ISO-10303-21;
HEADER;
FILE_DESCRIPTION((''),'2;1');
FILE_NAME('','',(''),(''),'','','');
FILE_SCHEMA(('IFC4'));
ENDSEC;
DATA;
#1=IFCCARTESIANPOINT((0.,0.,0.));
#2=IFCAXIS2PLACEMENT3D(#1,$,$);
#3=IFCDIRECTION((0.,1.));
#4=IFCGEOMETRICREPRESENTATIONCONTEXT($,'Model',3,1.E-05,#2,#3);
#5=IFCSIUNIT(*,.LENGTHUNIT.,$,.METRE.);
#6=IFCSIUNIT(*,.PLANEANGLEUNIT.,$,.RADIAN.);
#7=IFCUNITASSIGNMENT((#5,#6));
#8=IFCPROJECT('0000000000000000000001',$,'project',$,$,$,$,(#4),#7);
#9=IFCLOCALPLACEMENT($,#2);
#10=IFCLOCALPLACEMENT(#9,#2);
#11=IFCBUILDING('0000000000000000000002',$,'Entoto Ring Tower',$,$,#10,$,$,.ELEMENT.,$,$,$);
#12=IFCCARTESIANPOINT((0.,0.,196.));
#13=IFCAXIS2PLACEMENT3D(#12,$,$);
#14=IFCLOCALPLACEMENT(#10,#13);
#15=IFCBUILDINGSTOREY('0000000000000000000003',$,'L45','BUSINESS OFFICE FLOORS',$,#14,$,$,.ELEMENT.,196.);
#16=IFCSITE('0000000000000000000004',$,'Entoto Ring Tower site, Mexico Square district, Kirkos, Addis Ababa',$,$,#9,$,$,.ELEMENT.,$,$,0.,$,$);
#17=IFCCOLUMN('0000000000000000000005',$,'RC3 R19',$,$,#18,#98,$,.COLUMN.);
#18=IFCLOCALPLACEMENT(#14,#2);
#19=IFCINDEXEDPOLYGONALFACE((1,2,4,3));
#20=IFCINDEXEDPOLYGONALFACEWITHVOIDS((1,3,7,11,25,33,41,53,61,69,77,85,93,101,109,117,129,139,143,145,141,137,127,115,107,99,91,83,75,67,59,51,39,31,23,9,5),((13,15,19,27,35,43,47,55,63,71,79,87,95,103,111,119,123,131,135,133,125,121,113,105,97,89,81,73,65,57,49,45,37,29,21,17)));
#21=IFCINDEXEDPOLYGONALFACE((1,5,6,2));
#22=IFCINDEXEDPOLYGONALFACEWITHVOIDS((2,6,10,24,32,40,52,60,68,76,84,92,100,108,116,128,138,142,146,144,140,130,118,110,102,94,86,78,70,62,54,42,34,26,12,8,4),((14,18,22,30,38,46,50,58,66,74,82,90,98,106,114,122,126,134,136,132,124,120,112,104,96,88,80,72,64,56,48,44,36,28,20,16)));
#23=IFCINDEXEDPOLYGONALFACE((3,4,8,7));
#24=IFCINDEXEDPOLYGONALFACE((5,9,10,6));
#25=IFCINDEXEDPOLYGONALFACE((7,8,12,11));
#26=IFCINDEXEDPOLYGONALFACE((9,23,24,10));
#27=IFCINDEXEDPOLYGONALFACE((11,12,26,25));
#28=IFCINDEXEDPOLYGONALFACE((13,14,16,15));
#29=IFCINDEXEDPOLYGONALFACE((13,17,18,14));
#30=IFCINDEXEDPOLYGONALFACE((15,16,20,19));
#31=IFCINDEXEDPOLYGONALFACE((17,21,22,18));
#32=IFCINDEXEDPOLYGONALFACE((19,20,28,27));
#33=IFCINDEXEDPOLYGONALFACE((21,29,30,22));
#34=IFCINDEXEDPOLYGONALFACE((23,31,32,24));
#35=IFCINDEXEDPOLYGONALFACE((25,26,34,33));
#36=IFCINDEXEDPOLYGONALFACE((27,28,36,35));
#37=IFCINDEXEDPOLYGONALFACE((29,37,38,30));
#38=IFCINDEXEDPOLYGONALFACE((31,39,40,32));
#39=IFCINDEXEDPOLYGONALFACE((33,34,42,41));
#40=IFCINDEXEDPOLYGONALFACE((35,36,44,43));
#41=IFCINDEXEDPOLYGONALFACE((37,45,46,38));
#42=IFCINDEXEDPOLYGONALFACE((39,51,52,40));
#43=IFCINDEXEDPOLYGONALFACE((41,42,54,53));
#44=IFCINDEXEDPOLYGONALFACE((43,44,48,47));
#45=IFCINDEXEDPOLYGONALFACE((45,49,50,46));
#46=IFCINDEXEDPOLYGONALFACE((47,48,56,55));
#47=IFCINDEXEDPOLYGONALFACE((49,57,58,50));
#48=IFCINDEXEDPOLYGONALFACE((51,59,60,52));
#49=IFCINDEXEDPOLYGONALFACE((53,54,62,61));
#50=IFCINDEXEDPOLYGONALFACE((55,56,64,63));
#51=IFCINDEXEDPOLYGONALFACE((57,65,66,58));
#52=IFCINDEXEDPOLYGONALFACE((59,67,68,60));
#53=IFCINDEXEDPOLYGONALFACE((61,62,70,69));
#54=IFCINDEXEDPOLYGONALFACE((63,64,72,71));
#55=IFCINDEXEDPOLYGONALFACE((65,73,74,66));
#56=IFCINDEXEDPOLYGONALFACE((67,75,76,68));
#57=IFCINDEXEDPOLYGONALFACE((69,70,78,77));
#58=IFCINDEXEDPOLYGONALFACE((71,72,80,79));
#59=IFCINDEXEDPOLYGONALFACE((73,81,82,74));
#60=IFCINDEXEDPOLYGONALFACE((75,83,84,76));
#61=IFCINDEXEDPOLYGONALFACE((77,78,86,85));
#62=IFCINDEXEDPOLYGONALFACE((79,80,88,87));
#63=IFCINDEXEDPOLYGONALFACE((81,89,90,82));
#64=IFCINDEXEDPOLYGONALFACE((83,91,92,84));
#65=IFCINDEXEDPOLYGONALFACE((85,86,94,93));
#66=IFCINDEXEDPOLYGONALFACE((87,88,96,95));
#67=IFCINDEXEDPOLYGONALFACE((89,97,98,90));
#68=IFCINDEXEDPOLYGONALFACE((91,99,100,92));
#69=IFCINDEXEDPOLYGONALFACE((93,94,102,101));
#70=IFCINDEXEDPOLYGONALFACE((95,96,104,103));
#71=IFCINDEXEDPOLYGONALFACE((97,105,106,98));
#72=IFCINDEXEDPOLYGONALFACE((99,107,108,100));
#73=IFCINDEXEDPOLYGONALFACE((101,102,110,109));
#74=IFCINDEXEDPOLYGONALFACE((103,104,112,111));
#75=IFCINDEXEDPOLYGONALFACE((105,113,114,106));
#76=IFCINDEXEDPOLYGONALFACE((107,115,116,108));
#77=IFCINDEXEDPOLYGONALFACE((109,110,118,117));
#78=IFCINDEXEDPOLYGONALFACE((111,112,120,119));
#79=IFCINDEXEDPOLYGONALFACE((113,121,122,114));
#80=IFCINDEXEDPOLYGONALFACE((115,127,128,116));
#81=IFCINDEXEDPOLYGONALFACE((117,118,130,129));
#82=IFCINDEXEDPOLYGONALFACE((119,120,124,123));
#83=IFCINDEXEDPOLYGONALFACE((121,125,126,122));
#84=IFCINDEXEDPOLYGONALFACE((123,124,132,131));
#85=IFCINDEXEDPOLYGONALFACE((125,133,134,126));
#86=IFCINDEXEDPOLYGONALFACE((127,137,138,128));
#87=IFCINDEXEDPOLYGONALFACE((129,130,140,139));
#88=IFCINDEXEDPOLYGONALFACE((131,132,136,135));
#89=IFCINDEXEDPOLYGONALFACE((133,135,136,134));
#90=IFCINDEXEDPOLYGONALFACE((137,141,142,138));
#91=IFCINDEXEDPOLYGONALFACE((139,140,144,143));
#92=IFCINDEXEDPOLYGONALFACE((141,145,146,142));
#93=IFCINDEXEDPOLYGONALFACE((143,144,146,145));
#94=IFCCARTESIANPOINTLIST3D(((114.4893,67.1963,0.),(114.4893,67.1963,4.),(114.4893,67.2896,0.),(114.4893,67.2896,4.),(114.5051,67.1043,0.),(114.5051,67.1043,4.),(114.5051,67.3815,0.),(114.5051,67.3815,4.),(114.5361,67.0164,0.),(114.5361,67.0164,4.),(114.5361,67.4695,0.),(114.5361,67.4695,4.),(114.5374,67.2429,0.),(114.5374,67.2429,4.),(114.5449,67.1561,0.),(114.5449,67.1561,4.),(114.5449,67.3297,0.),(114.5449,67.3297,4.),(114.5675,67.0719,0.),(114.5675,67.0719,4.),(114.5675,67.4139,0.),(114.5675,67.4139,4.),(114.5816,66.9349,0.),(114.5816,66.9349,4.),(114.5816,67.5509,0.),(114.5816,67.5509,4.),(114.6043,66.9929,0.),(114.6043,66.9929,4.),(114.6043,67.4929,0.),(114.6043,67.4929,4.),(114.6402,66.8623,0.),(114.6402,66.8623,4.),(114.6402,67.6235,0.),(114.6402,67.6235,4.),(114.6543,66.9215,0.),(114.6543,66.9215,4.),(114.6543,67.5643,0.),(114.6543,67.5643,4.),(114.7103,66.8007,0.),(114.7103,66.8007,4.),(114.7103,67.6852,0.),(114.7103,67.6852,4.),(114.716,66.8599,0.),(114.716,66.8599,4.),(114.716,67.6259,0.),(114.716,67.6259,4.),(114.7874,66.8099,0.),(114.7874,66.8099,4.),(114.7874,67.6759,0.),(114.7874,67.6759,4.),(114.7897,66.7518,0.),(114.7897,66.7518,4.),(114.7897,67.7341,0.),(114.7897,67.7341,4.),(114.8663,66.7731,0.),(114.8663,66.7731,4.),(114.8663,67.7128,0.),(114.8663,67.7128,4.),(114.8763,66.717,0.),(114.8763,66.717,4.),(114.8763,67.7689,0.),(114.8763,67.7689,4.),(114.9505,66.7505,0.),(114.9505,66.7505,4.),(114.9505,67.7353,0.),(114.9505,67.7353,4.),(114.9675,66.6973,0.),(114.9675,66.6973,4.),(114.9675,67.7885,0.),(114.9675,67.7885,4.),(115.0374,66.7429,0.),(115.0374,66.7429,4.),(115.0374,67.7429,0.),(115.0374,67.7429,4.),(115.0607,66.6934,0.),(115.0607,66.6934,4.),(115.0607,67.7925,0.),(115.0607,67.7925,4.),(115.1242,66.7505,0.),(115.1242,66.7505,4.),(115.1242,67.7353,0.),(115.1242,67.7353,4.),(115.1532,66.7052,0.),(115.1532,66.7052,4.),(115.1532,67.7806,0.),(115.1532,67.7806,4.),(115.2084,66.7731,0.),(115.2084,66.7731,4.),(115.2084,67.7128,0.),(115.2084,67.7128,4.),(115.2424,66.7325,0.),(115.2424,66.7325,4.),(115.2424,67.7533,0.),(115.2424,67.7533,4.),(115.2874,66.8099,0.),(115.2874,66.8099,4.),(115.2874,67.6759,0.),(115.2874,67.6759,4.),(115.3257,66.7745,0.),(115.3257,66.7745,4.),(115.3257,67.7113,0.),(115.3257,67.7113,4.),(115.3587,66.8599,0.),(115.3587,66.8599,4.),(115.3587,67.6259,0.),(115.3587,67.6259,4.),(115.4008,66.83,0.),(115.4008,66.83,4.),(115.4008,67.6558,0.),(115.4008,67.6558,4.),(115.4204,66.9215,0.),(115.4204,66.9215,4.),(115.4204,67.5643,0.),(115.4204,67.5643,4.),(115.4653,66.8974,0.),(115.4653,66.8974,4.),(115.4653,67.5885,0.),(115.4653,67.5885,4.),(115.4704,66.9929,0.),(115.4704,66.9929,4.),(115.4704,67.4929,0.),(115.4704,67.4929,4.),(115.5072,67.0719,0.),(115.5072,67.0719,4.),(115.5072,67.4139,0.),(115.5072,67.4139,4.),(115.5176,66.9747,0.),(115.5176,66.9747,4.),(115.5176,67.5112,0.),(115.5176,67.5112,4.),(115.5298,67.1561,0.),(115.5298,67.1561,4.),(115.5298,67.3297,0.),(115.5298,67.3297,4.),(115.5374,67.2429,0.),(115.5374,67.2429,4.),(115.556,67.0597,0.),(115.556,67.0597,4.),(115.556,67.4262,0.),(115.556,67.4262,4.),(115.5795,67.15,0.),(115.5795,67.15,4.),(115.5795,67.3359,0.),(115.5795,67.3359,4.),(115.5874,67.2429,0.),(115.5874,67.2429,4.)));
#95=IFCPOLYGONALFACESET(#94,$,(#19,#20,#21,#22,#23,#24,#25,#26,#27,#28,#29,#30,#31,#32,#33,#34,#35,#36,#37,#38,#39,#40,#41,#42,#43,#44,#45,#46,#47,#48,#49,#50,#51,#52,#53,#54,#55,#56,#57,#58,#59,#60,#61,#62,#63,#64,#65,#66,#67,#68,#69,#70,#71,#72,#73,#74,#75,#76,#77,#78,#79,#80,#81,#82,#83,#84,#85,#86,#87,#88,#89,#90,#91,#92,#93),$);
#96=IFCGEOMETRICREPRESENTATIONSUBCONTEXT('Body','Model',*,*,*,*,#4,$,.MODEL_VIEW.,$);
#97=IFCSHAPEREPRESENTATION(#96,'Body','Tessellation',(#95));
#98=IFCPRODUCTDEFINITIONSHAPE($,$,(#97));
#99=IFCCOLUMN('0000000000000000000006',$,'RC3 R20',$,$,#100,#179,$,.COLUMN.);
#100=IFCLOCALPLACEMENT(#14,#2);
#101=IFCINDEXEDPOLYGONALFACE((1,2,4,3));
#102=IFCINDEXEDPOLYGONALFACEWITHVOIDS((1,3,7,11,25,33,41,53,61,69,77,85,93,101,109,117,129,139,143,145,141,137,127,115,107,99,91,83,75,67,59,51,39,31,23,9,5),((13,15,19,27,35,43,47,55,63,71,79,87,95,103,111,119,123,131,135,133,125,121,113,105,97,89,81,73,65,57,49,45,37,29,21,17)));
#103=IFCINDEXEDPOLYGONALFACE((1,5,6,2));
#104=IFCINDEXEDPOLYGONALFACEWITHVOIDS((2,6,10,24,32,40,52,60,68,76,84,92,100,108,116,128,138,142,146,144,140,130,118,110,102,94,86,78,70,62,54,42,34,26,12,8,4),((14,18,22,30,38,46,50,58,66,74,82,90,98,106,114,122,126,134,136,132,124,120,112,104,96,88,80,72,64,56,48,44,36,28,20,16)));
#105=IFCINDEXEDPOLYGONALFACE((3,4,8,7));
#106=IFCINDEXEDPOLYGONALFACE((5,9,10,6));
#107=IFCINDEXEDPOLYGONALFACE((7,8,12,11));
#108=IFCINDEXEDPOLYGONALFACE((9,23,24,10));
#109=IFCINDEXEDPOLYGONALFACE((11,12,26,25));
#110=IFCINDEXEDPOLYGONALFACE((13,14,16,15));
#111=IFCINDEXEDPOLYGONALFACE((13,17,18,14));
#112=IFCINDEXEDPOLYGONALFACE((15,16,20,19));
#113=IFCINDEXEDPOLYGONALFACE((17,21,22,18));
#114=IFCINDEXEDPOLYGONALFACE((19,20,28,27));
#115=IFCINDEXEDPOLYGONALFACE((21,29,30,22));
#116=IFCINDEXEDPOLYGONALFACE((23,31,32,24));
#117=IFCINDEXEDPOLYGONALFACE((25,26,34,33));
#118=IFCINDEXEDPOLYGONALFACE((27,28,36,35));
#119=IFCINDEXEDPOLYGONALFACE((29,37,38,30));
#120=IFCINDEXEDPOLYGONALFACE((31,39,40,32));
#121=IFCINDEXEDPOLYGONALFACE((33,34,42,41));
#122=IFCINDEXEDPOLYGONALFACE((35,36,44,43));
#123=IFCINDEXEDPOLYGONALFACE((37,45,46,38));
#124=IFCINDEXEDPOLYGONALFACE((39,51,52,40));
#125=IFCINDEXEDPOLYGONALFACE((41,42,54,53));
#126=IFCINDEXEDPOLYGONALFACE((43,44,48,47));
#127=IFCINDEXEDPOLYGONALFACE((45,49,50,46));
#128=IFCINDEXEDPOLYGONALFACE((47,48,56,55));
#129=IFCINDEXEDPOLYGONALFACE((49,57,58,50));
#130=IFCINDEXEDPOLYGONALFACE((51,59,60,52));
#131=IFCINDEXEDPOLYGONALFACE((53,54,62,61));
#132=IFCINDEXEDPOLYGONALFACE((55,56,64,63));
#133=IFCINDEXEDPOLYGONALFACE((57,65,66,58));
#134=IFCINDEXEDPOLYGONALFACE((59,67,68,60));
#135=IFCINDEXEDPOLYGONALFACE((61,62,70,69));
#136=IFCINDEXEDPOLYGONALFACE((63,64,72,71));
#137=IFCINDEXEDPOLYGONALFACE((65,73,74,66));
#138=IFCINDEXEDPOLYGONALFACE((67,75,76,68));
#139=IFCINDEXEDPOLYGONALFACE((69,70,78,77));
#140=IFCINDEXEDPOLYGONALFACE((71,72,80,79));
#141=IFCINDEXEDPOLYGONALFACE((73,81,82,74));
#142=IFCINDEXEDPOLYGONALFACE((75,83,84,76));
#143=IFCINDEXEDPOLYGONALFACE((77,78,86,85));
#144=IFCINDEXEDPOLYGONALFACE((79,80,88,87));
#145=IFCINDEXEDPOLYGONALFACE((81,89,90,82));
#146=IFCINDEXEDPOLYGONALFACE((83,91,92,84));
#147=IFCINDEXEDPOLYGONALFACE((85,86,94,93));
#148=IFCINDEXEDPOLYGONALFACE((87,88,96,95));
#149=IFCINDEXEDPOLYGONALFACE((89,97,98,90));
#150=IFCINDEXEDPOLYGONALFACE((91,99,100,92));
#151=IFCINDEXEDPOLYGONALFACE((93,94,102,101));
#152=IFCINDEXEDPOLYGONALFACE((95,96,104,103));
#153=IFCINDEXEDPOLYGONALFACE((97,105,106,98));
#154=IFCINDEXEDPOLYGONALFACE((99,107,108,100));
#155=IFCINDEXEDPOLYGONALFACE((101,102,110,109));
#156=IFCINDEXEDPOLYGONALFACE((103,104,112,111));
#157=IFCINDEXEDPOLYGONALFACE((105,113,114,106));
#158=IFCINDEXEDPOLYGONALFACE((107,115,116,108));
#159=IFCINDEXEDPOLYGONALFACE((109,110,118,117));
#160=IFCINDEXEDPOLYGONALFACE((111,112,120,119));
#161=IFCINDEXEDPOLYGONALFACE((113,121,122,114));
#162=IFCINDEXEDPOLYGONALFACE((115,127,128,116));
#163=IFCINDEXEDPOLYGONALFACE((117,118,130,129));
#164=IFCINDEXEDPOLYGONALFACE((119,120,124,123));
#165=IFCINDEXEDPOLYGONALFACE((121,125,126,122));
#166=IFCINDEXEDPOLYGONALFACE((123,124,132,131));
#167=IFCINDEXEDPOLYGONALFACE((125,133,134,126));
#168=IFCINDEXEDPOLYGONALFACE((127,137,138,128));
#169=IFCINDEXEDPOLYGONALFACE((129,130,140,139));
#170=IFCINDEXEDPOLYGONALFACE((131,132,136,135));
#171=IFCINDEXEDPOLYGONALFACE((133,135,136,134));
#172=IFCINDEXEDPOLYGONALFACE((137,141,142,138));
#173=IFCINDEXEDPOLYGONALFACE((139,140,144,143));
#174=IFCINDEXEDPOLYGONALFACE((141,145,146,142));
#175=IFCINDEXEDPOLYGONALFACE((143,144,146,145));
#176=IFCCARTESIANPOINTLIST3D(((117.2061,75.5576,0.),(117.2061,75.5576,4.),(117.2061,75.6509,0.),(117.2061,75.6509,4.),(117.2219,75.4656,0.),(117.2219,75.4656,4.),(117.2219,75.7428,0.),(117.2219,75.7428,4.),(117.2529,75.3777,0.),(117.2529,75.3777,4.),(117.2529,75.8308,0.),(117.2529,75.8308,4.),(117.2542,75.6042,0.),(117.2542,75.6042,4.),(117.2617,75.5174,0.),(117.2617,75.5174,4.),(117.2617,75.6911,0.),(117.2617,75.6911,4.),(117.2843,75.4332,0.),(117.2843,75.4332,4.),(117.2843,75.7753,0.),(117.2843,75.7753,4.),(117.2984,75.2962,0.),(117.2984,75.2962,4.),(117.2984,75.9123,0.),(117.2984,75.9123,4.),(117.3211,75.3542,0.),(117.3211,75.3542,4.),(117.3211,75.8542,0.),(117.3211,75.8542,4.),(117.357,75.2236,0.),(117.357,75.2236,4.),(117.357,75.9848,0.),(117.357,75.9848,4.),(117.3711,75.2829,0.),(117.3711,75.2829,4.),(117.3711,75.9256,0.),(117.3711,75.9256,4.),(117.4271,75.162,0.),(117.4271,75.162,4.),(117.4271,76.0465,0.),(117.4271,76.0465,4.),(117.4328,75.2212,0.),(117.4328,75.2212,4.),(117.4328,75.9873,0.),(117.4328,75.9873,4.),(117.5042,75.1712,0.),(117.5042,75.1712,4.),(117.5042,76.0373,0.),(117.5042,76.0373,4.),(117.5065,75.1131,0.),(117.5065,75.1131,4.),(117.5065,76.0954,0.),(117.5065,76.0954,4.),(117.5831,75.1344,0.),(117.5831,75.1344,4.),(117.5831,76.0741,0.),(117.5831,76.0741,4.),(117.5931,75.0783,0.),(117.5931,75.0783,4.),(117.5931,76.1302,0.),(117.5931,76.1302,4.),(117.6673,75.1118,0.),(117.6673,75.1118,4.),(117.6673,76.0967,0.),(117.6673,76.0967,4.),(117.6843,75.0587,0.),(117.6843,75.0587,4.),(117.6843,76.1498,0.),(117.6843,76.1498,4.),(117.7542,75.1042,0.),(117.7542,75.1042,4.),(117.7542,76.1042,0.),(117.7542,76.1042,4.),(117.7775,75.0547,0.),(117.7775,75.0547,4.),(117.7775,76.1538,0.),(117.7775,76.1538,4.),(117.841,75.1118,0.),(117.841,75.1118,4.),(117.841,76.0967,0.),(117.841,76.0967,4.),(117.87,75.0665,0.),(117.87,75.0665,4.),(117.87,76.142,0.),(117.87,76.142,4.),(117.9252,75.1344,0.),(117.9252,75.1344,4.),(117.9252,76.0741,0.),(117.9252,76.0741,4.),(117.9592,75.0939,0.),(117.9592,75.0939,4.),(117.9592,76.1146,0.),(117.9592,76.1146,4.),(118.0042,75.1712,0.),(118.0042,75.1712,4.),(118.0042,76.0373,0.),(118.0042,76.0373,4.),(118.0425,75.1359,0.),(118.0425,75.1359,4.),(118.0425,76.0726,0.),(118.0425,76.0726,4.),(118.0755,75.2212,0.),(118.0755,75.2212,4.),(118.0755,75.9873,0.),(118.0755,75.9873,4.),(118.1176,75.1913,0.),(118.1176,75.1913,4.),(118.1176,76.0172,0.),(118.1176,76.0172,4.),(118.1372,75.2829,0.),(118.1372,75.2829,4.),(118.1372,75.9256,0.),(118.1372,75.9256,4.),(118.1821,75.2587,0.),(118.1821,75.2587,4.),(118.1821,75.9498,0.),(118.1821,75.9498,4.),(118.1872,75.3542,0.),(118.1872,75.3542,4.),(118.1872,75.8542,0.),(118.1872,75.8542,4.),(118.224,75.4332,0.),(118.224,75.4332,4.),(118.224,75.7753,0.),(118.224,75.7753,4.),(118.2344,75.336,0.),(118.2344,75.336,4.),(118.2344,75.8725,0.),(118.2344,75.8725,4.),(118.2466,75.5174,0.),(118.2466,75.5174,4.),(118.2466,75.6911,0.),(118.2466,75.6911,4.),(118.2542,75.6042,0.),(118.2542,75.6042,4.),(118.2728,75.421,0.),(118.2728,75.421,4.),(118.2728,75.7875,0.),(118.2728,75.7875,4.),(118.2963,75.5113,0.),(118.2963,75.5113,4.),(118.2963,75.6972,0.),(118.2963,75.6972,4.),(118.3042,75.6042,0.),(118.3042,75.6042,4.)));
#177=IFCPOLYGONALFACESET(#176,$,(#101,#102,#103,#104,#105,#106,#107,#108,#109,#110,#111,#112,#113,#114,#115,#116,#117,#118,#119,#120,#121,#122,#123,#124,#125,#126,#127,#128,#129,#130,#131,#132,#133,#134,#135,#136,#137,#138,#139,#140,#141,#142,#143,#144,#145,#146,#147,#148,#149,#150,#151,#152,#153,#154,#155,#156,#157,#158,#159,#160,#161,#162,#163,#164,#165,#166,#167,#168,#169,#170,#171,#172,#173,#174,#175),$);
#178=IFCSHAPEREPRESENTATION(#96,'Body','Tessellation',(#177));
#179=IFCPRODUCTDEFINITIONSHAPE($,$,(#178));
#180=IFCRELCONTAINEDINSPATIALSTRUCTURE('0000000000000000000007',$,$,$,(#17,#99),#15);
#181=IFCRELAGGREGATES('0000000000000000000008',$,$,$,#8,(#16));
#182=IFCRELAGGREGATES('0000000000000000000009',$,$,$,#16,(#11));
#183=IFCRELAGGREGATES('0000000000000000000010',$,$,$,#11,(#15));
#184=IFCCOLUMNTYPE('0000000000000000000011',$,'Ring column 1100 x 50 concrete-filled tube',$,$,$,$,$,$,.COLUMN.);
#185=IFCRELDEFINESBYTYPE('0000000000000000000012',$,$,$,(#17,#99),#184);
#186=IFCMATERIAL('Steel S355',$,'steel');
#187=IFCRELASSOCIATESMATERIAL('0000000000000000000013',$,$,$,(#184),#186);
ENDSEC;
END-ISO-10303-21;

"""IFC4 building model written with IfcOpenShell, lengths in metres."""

from ifc_helpers import new_model, si_unit, direction, frame, origin, origin_2d, place, context, subcontext, project, spatial, circle, hollow_circle, extrude, material, material_profile, profile_set, type_object, element, save


model = new_model("IFC4")

# Units and contexts
model_context = context("Model", 3, precision=1e-05, world=origin(), true_north=direction((0.0, 1.0)))
body_context = subcontext(model_context, "Body", "Model", "MODEL_VIEW")
ifc_project = project(units=[si_unit("LENGTHUNIT", "METRE"), si_unit("PLANEANGLEUNIT", "RADIAN")], contexts=[model_context])

# Site, building, storey
site_placement = place(None, origin())
site = spatial("IfcSite", under=ifc_project, at=site_placement, Name="Entoto Ring Tower site, Mexico Square district, Kirkos, Addis Ababa", CompositionType="ELEMENT", RefElevation=0.0)
building_placement = place(site_placement, origin())
building = spatial("IfcBuilding", under=site, at=building_placement, Name="Entoto Ring Tower", CompositionType="ELEMENT")
storey_placement = place(building_placement, frame((0.0, 0.0, 196.0)))
storey = spatial("IfcBuildingStorey", under=building, at=storey_placement, Name="L45", Description="BUSINESS OFFICE FLOORS", CompositionType="ELEMENT", Elevation=196.0)

# Columns
ifc_material_1 = material(Name="Steel S355", Category="steel")
ifc_material_profile_1 = material_profile(ifc_material_1, hollow_circle(Radius=0.55, WallThickness=0.05, at=origin_2d()), Name="CHS 1100 x 50")
ifc_material_2 = material(Name="Concrete C60/75", Category="concrete")
ifc_material_profile_2 = material_profile(ifc_material_2, circle(Radius=0.5, at=origin_2d()), Name="Concrete C60/75 infill")
ifc_profile_set_1 = profile_set([ifc_material_profile_1, ifc_material_profile_2], Name="Steel S355")
column_type = type_object("IfcColumnType", Name="Ring column 1100 x 50 concrete-filled tube", PredefinedType="COLUMN", material=ifc_profile_set_1)
for number, where, z_axis, x_axis, name in (
    (1, (115.0374, 67.2429, 0.0), (0.0, 0.0, 1.0), (1.0, 0.0, 0.0), "RC3 R19"),
    (2, (117.7542, 75.6042, 0.0), (0.0, 0.0, 1.0), (1.0, 0.0, 0.0), "RC3 R20"),
):
    element("IfcColumn", number, at=place(storey_placement, frame(where, z_axis=z_axis, x_axis=x_axis)), inside=storey, type_object=column_type, Name=name, PredefinedType="COLUMN", context=body_context, shape_type="SweptSolid", body=[
        extrude(hollow_circle(Radius=0.55, WallThickness=0.05, at=origin_2d()), origin(), (0.0, 0.0, 1.0), 4.0),
    ])

save(model, "model.ifc")
